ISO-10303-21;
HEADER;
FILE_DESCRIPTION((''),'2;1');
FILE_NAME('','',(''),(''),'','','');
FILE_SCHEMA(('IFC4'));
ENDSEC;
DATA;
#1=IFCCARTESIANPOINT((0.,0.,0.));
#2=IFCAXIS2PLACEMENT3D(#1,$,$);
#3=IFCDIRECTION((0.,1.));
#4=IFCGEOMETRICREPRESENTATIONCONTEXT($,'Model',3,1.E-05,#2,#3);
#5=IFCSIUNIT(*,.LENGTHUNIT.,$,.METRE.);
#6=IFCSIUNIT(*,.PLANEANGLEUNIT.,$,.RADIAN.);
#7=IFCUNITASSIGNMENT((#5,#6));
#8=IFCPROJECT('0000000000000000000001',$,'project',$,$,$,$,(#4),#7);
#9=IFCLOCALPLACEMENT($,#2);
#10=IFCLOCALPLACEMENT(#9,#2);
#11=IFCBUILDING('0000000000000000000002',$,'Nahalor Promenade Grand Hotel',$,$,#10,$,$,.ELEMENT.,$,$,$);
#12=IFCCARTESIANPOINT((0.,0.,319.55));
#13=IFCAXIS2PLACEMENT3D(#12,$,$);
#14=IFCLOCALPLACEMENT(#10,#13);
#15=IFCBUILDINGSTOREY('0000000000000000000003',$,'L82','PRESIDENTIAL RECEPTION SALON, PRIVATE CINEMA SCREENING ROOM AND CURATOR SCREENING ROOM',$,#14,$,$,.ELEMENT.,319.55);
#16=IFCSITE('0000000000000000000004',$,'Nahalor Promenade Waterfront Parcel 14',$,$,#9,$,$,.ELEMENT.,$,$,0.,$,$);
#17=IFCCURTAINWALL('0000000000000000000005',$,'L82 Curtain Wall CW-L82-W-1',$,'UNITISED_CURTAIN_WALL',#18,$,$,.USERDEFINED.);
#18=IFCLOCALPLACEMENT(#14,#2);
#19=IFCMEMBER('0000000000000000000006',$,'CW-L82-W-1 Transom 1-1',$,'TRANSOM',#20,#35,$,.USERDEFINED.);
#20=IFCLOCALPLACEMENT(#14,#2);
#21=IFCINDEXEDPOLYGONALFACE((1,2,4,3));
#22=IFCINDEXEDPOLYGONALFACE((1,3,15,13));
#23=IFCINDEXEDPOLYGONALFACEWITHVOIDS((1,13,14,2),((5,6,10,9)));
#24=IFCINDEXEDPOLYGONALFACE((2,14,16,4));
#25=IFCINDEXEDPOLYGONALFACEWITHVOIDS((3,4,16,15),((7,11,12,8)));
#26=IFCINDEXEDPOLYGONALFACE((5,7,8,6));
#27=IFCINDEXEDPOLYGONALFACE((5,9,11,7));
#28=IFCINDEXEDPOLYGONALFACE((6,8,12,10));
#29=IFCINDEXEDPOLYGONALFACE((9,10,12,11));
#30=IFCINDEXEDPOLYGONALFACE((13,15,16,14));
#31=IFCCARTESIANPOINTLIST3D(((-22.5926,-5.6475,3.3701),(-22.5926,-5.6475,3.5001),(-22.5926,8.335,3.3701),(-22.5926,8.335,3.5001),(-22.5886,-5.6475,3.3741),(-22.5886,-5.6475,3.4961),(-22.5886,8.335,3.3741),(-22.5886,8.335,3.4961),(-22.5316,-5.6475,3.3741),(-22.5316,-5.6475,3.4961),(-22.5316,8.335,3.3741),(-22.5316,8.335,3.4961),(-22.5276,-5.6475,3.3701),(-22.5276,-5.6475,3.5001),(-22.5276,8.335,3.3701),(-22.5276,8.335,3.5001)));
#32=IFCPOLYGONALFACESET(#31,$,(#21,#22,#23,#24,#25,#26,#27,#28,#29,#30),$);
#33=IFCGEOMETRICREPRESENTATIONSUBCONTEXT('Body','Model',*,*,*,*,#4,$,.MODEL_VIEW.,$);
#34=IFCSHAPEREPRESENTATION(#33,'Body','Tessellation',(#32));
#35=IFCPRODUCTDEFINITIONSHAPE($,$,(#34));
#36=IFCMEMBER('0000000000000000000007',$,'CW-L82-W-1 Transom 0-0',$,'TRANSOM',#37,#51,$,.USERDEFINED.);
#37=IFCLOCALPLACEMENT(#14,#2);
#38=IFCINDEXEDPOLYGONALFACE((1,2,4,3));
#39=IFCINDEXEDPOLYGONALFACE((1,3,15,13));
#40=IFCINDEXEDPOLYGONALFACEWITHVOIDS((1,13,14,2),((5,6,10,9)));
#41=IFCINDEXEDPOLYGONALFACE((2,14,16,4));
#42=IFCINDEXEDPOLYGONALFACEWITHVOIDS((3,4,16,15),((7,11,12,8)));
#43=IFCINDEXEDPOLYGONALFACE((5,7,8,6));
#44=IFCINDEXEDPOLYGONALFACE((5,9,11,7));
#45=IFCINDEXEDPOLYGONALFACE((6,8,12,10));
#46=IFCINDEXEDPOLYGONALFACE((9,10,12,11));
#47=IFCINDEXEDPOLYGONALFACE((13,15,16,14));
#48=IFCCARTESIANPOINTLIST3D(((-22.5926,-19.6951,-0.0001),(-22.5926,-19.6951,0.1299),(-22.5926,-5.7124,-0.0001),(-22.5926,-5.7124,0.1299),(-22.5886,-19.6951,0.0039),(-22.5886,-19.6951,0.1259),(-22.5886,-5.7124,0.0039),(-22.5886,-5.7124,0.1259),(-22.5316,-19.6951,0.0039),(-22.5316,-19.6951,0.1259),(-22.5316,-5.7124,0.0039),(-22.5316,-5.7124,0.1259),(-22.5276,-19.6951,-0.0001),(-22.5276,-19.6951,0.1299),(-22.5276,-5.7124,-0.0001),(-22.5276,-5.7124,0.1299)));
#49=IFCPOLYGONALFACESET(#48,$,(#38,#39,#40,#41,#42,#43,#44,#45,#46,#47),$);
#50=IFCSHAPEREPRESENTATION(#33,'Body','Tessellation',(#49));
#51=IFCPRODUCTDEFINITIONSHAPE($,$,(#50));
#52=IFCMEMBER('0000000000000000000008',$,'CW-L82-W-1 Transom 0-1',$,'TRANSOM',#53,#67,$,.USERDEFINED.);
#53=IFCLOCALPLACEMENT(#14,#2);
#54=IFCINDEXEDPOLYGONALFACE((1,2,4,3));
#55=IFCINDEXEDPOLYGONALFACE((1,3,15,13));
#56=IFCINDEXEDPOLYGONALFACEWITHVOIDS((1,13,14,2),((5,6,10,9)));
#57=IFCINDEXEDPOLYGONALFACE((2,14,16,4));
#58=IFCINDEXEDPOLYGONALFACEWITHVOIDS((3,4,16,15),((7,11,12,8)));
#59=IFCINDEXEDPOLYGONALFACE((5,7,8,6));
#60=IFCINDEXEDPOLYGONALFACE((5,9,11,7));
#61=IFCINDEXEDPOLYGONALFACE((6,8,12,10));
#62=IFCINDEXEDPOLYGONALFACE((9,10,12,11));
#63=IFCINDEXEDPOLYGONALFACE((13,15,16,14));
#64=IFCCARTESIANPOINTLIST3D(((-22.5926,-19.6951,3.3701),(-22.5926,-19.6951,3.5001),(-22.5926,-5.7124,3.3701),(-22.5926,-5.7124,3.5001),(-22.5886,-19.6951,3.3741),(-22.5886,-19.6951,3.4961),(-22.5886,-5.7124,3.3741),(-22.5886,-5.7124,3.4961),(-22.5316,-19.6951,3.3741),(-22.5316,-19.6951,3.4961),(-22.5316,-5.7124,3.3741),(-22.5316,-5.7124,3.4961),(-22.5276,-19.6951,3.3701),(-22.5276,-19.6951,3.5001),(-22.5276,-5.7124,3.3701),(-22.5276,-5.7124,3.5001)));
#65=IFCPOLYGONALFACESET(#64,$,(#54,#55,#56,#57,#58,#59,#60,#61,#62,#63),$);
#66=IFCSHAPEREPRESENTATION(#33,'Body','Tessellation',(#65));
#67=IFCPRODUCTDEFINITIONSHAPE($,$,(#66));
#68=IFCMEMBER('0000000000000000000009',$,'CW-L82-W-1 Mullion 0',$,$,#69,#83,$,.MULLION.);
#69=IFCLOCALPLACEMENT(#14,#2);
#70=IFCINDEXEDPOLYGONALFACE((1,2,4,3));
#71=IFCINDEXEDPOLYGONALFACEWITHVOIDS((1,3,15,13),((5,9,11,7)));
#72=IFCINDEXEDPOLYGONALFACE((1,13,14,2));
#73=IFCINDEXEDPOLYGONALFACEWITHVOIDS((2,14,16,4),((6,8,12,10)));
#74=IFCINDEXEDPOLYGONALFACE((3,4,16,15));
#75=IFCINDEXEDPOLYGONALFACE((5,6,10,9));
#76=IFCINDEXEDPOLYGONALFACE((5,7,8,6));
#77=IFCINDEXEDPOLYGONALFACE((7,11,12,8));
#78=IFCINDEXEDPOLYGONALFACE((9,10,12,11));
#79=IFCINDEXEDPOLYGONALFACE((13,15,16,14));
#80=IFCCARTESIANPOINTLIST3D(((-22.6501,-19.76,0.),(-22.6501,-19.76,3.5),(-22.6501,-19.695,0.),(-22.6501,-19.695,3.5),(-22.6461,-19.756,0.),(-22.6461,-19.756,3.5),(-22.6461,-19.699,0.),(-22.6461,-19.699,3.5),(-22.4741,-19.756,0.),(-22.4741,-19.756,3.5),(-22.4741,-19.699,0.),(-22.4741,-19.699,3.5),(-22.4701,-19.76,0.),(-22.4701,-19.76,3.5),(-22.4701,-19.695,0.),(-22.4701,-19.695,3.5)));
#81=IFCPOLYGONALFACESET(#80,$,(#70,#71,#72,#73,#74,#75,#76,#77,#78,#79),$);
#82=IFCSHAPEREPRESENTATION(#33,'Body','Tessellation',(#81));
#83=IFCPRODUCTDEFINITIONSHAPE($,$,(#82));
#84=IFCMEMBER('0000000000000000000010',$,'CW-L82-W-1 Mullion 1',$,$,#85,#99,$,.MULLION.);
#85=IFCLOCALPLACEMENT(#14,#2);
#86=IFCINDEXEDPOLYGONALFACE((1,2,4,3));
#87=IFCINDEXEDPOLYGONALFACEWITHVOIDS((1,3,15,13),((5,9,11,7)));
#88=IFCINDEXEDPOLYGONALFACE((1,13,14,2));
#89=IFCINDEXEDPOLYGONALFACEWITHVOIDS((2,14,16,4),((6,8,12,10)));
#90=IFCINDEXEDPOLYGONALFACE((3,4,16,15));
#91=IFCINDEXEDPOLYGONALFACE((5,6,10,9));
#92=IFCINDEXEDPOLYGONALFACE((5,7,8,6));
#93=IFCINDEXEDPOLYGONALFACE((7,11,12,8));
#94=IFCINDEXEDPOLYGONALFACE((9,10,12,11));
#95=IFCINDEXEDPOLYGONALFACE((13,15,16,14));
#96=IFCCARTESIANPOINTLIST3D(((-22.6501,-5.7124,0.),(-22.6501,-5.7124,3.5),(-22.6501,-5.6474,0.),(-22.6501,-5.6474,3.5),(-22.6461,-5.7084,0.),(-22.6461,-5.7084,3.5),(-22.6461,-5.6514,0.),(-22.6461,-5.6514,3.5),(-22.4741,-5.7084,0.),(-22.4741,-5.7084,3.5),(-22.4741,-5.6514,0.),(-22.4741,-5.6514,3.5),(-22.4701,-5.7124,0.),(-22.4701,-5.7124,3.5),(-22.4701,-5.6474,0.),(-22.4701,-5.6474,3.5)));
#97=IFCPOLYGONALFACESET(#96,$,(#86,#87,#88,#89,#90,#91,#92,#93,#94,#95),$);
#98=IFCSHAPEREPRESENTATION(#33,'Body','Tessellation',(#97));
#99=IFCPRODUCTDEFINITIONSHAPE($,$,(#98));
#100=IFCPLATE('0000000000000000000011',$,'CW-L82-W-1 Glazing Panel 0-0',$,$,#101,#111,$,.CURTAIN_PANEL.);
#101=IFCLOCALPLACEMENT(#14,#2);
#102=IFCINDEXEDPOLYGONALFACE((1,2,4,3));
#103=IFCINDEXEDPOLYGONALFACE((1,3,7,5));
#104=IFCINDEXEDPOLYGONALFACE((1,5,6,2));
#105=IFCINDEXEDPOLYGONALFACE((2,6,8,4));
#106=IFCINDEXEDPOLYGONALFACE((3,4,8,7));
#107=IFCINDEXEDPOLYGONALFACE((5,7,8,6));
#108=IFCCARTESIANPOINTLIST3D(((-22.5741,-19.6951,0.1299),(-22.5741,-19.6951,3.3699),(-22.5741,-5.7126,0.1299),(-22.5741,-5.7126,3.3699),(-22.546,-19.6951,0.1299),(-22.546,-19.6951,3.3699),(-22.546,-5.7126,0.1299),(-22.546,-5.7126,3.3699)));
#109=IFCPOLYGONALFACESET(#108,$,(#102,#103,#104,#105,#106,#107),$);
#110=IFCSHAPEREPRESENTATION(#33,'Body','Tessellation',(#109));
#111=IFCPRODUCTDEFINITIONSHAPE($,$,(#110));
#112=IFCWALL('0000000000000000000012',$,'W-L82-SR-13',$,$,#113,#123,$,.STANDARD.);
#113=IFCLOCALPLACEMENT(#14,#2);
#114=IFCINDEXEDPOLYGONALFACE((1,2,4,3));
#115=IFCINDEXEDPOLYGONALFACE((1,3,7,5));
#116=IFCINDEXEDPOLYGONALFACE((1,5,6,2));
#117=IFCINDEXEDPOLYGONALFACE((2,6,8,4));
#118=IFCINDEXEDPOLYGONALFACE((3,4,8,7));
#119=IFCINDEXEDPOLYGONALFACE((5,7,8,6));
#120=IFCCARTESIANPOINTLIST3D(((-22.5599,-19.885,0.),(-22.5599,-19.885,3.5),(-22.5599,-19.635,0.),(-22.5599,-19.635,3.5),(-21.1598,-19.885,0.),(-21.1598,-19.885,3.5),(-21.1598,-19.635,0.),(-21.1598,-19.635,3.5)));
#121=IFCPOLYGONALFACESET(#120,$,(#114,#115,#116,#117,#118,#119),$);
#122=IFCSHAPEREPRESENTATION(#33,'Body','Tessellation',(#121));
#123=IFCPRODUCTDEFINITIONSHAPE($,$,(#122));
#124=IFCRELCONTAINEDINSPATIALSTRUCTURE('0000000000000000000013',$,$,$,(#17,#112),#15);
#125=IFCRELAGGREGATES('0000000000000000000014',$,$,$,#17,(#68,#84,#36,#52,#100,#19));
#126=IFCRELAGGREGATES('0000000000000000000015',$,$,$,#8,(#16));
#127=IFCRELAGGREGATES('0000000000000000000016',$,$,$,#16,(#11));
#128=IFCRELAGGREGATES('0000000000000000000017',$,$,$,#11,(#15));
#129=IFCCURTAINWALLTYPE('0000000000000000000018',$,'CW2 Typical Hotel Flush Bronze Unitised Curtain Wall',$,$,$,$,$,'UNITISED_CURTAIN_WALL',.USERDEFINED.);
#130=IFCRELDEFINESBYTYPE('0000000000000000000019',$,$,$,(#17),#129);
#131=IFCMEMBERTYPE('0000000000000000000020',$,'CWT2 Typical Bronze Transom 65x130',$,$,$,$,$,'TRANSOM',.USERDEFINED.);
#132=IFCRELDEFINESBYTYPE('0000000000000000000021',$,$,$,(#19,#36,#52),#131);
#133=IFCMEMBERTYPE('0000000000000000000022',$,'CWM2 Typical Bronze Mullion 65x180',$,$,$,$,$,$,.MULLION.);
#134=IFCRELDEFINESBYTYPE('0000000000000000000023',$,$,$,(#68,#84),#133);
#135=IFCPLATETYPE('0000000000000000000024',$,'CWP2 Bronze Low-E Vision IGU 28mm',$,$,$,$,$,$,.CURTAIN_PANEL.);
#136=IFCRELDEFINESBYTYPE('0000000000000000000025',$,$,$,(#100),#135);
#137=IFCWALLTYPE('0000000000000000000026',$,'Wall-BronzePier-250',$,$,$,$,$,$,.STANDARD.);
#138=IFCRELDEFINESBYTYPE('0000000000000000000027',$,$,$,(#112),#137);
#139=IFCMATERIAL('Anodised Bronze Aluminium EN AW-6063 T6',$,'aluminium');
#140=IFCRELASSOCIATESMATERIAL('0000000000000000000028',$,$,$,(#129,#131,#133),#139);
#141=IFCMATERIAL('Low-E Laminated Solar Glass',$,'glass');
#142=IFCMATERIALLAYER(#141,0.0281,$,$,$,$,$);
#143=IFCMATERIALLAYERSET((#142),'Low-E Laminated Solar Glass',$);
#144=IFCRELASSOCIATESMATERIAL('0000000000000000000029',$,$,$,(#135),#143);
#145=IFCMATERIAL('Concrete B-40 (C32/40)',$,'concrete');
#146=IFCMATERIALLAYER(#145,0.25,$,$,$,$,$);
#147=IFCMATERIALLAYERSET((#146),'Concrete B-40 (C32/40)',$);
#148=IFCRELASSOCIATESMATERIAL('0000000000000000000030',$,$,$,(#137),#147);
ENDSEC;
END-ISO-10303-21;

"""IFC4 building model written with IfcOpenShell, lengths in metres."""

from ifc_helpers import new_model, si_unit, direction, frame, frame_2d, origin, origin_2d, place, context, subcontext, project, spatial, rectangle, hollow_rectangle, extrude, source, transform, mapped, material, layer, layer_set, material_profile, profile_set, type_object, element, aggregate, save


model = new_model("IFC4")

# Units and contexts
model_context = context("Model", 3, precision=1e-05, world=origin(), true_north=direction((0.0, 1.0)))
body_context = subcontext(model_context, "Body", "Model", "MODEL_VIEW")
ifc_project = project(units=[si_unit("LENGTHUNIT", "METRE"), si_unit("PLANEANGLEUNIT", "RADIAN")], contexts=[model_context])

# Site, building, storey
site_placement = place(None, origin())
site = spatial("IfcSite", under=ifc_project, at=site_placement, Name="Nahalor Promenade Waterfront Parcel 14", CompositionType="ELEMENT", RefElevation=0.0)
building_placement = place(site_placement, origin())
building = spatial("IfcBuilding", under=site, at=building_placement, Name="Nahalor Promenade Grand Hotel", CompositionType="ELEMENT")
storey_placement = place(building_placement, frame((0.0, 0.0, 319.55)))
storey = spatial("IfcBuildingStorey", under=building, at=storey_placement, Name="L82", Description="PRESIDENTIAL RECEPTION SALON, PRIVATE CINEMA SCREENING ROOM AND CURATOR SCREENING ROOM", CompositionType="ELEMENT", Elevation=319.55)

# Curtain wall, members, plate
ifc_material_1 = material(Name="Anodised Bronze Aluminium EN AW-6063 T6", Category="aluminium")
curtain_wall_type = type_object("IfcCurtainWallType", Name="CW2 Typical Hotel Flush Bronze Unitised Curtain Wall", ElementType="UNITISED_CURTAIN_WALL", PredefinedType="USERDEFINED", material=ifc_material_1)
curtain_wall_placement = place(storey_placement, origin())
curtain_wall = element("IfcCurtainWall", 1, at=curtain_wall_placement, inside=storey, type_object=curtain_wall_type, Name="L82 Curtain Wall CW-L82-W-1", ObjectType="UNITISED_CURTAIN_WALL", PredefinedType="USERDEFINED")
ifc_material_profile_1 = material_profile(ifc_material_1, hollow_rectangle(XDim=0.065, YDim=0.13, WallThickness=0.004, at=origin_2d()), Name="CWT 65x130x4")
ifc_profile_set_1 = profile_set([ifc_material_profile_1], Name="Anodised Bronze Aluminium EN AW-6063 T6")
member_type_1 = type_object("IfcMemberType", Name="CWT2 Typical Bronze Transom 65x130", ElementType="TRANSOM", PredefinedType="USERDEFINED", material=ifc_profile_set_1)
shared_shape_1 = source(origin(), body_context, "Body", "SweptSolid", [
    extrude(hollow_rectangle(XDim=0.065, YDim=0.13, WallThickness=0.004, at=origin_2d()), origin(), (0.0, 0.0, 1.0), 13.9824),
])
member_1_placement = place(storey_placement, frame((-22.5601, -5.6475, 3.4351), z_axis=(0.0, 1.0, 0.0), x_axis=(-1.0, 0.0, 0.0)))
member_1 = element("IfcMember", 2, at=member_1_placement, type_object=member_type_1, Name="CW-L82-W-1 Transom 1-1", ObjectType="TRANSOM", PredefinedType="USERDEFINED", context=body_context, shape_type="MappedRepresentation", body=[
    mapped(shared_shape_1, transform((0.0, 0.0, 0.0), scale=1.0)),
])
shared_shape_2 = source(origin(), body_context, "Body", "SweptSolid", [
    extrude(hollow_rectangle(XDim=0.065, YDim=0.13, WallThickness=0.004, at=origin_2d()), origin(), (0.0, 0.0, 1.0), 13.9827),
])
member_2_placement = place(storey_placement, frame((-22.5601, -19.6951, 0.0649), z_axis=(0.0, 1.0, 0.0), x_axis=(-1.0, 0.0, 0.0)))
member_2 = element("IfcMember", 3, at=member_2_placement, type_object=member_type_1, Name="CW-L82-W-1 Transom 0-0", ObjectType="TRANSOM", PredefinedType="USERDEFINED", context=body_context, shape_type="MappedRepresentation", body=[
    mapped(shared_shape_2, transform((0.0, 0.0, 0.0), scale=1.0)),
])
member_3_placement = place(storey_placement, frame((-22.5601, -19.6951, 3.4351), z_axis=(0.0, 1.0, 0.0), x_axis=(-1.0, 0.0, 0.0)))
member_3 = element("IfcMember", 4, at=member_3_placement, type_object=member_type_1, Name="CW-L82-W-1 Transom 0-1", ObjectType="TRANSOM", PredefinedType="USERDEFINED", context=body_context, shape_type="MappedRepresentation", body=[
    mapped(shared_shape_2, transform((0.0, 0.0, 0.0), scale=1.0)),
])
ifc_material_profile_2 = material_profile(ifc_material_1, hollow_rectangle(XDim=0.065, YDim=0.18, WallThickness=0.004, at=origin_2d()), Name="CWM 65x180x4")
ifc_profile_set_2 = profile_set([ifc_material_profile_2], Name="Anodised Bronze Aluminium EN AW-6063 T6")
member_type_2 = type_object("IfcMemberType", Name="CWM2 Typical Bronze Mullion 65x180", PredefinedType="MULLION", material=ifc_profile_set_2)
shared_shape_3 = source(origin(), body_context, "Body", "SweptSolid", [
    extrude(hollow_rectangle(XDim=0.065, YDim=0.18, WallThickness=0.004, at=origin_2d()), origin(), (0.0, 0.0, 1.0), 3.5),
])
member_4_placement = place(storey_placement, frame((-22.5601, -19.7275, 0.0), z_axis=(0.0, 0.0, 1.0), x_axis=(0.0, 1.0, 0.0)))
member_4 = element("IfcMember", 5, at=member_4_placement, type_object=member_type_2, Name="CW-L82-W-1 Mullion 0", PredefinedType="MULLION", context=body_context, shape_type="MappedRepresentation", body=[
    mapped(shared_shape_3, transform((0.0, 0.0, 0.0), scale=1.0)),
])
member_5_placement = place(storey_placement, frame((-22.5601, -5.6799, 0.0), z_axis=(0.0, 0.0, 1.0), x_axis=(0.0, 1.0, 0.0)))
member_5 = element("IfcMember", 6, at=member_5_placement, type_object=member_type_2, Name="CW-L82-W-1 Mullion 1", PredefinedType="MULLION", context=body_context, shape_type="MappedRepresentation", body=[
    mapped(shared_shape_3, transform((0.0, 0.0, 0.0), scale=1.0)),
])
ifc_material_2 = material(Name="Low-E Laminated Solar Glass", Category="glass")
ifc_layer_1 = layer(ifc_material_2, 0.0281)
ifc_layer_set_1 = layer_set([ifc_layer_1], Name="Low-E Laminated Solar Glass")
plate_type = type_object("IfcPlateType", Name="CWP2 Bronze Low-E Vision IGU 28mm", PredefinedType="CURTAIN_PANEL", material=ifc_layer_set_1)
shared_shape_4 = source(origin(), body_context, "Body", "SweptSolid", [
    extrude(rectangle(XDim=13.9824, YDim=0.0281, at=origin_2d()), origin(), (0.0, 0.0, 1.0), 3.24),
])
plate_placement = place(storey_placement, frame((-22.5601, -12.7039, 0.1299), z_axis=(0.0, 0.0, 1.0), x_axis=(0.0, 1.0, 0.0)))
plate = element("IfcPlate", 7, at=plate_placement, type_object=plate_type, Name="CW-L82-W-1 Glazing Panel 0-0", PredefinedType="CURTAIN_PANEL", context=body_context, shape_type="MappedRepresentation", body=[
    mapped(shared_shape_4, transform((0.0, 0.0, 0.0), scale=1.0)),
])
aggregate(curtain_wall, [member_4, member_5, member_2, member_3, plate, member_1])

# Wall
ifc_material_3 = material(Name="Concrete B-40 (C32/40)", Category="concrete")
ifc_layer_2 = layer(ifc_material_3, 0.25)
ifc_layer_set_2 = layer_set([ifc_layer_2], Name="Concrete B-40 (C32/40)")
wall_type = type_object("IfcWallType", Name="Wall-BronzePier-250", PredefinedType="STANDARD", material=ifc_layer_set_2)
shared_shape_5 = source(origin(), body_context, "Body", "SweptSolid", [
    extrude(rectangle(XDim=1.4001, YDim=0.25, at=frame_2d((0.7002, 0.0))), origin(), (0.0, 0.0, 1.0), 3.5),
])
wall_placement = place(storey_placement, frame((-22.5601, -19.76, 0.0), z_axis=(0.0, 0.0, 1.0), x_axis=(1.0, 0.0, 0.0)))
element("IfcWall", 8, at=wall_placement, inside=storey, type_object=wall_type, Name="W-L82-SR-13", PredefinedType="STANDARD", context=body_context, shape_type="MappedRepresentation", body=[
    mapped(shared_shape_5, transform((0.0, 0.0, 0.0), scale=1.0)),
])

save(model, "model.ifc")
